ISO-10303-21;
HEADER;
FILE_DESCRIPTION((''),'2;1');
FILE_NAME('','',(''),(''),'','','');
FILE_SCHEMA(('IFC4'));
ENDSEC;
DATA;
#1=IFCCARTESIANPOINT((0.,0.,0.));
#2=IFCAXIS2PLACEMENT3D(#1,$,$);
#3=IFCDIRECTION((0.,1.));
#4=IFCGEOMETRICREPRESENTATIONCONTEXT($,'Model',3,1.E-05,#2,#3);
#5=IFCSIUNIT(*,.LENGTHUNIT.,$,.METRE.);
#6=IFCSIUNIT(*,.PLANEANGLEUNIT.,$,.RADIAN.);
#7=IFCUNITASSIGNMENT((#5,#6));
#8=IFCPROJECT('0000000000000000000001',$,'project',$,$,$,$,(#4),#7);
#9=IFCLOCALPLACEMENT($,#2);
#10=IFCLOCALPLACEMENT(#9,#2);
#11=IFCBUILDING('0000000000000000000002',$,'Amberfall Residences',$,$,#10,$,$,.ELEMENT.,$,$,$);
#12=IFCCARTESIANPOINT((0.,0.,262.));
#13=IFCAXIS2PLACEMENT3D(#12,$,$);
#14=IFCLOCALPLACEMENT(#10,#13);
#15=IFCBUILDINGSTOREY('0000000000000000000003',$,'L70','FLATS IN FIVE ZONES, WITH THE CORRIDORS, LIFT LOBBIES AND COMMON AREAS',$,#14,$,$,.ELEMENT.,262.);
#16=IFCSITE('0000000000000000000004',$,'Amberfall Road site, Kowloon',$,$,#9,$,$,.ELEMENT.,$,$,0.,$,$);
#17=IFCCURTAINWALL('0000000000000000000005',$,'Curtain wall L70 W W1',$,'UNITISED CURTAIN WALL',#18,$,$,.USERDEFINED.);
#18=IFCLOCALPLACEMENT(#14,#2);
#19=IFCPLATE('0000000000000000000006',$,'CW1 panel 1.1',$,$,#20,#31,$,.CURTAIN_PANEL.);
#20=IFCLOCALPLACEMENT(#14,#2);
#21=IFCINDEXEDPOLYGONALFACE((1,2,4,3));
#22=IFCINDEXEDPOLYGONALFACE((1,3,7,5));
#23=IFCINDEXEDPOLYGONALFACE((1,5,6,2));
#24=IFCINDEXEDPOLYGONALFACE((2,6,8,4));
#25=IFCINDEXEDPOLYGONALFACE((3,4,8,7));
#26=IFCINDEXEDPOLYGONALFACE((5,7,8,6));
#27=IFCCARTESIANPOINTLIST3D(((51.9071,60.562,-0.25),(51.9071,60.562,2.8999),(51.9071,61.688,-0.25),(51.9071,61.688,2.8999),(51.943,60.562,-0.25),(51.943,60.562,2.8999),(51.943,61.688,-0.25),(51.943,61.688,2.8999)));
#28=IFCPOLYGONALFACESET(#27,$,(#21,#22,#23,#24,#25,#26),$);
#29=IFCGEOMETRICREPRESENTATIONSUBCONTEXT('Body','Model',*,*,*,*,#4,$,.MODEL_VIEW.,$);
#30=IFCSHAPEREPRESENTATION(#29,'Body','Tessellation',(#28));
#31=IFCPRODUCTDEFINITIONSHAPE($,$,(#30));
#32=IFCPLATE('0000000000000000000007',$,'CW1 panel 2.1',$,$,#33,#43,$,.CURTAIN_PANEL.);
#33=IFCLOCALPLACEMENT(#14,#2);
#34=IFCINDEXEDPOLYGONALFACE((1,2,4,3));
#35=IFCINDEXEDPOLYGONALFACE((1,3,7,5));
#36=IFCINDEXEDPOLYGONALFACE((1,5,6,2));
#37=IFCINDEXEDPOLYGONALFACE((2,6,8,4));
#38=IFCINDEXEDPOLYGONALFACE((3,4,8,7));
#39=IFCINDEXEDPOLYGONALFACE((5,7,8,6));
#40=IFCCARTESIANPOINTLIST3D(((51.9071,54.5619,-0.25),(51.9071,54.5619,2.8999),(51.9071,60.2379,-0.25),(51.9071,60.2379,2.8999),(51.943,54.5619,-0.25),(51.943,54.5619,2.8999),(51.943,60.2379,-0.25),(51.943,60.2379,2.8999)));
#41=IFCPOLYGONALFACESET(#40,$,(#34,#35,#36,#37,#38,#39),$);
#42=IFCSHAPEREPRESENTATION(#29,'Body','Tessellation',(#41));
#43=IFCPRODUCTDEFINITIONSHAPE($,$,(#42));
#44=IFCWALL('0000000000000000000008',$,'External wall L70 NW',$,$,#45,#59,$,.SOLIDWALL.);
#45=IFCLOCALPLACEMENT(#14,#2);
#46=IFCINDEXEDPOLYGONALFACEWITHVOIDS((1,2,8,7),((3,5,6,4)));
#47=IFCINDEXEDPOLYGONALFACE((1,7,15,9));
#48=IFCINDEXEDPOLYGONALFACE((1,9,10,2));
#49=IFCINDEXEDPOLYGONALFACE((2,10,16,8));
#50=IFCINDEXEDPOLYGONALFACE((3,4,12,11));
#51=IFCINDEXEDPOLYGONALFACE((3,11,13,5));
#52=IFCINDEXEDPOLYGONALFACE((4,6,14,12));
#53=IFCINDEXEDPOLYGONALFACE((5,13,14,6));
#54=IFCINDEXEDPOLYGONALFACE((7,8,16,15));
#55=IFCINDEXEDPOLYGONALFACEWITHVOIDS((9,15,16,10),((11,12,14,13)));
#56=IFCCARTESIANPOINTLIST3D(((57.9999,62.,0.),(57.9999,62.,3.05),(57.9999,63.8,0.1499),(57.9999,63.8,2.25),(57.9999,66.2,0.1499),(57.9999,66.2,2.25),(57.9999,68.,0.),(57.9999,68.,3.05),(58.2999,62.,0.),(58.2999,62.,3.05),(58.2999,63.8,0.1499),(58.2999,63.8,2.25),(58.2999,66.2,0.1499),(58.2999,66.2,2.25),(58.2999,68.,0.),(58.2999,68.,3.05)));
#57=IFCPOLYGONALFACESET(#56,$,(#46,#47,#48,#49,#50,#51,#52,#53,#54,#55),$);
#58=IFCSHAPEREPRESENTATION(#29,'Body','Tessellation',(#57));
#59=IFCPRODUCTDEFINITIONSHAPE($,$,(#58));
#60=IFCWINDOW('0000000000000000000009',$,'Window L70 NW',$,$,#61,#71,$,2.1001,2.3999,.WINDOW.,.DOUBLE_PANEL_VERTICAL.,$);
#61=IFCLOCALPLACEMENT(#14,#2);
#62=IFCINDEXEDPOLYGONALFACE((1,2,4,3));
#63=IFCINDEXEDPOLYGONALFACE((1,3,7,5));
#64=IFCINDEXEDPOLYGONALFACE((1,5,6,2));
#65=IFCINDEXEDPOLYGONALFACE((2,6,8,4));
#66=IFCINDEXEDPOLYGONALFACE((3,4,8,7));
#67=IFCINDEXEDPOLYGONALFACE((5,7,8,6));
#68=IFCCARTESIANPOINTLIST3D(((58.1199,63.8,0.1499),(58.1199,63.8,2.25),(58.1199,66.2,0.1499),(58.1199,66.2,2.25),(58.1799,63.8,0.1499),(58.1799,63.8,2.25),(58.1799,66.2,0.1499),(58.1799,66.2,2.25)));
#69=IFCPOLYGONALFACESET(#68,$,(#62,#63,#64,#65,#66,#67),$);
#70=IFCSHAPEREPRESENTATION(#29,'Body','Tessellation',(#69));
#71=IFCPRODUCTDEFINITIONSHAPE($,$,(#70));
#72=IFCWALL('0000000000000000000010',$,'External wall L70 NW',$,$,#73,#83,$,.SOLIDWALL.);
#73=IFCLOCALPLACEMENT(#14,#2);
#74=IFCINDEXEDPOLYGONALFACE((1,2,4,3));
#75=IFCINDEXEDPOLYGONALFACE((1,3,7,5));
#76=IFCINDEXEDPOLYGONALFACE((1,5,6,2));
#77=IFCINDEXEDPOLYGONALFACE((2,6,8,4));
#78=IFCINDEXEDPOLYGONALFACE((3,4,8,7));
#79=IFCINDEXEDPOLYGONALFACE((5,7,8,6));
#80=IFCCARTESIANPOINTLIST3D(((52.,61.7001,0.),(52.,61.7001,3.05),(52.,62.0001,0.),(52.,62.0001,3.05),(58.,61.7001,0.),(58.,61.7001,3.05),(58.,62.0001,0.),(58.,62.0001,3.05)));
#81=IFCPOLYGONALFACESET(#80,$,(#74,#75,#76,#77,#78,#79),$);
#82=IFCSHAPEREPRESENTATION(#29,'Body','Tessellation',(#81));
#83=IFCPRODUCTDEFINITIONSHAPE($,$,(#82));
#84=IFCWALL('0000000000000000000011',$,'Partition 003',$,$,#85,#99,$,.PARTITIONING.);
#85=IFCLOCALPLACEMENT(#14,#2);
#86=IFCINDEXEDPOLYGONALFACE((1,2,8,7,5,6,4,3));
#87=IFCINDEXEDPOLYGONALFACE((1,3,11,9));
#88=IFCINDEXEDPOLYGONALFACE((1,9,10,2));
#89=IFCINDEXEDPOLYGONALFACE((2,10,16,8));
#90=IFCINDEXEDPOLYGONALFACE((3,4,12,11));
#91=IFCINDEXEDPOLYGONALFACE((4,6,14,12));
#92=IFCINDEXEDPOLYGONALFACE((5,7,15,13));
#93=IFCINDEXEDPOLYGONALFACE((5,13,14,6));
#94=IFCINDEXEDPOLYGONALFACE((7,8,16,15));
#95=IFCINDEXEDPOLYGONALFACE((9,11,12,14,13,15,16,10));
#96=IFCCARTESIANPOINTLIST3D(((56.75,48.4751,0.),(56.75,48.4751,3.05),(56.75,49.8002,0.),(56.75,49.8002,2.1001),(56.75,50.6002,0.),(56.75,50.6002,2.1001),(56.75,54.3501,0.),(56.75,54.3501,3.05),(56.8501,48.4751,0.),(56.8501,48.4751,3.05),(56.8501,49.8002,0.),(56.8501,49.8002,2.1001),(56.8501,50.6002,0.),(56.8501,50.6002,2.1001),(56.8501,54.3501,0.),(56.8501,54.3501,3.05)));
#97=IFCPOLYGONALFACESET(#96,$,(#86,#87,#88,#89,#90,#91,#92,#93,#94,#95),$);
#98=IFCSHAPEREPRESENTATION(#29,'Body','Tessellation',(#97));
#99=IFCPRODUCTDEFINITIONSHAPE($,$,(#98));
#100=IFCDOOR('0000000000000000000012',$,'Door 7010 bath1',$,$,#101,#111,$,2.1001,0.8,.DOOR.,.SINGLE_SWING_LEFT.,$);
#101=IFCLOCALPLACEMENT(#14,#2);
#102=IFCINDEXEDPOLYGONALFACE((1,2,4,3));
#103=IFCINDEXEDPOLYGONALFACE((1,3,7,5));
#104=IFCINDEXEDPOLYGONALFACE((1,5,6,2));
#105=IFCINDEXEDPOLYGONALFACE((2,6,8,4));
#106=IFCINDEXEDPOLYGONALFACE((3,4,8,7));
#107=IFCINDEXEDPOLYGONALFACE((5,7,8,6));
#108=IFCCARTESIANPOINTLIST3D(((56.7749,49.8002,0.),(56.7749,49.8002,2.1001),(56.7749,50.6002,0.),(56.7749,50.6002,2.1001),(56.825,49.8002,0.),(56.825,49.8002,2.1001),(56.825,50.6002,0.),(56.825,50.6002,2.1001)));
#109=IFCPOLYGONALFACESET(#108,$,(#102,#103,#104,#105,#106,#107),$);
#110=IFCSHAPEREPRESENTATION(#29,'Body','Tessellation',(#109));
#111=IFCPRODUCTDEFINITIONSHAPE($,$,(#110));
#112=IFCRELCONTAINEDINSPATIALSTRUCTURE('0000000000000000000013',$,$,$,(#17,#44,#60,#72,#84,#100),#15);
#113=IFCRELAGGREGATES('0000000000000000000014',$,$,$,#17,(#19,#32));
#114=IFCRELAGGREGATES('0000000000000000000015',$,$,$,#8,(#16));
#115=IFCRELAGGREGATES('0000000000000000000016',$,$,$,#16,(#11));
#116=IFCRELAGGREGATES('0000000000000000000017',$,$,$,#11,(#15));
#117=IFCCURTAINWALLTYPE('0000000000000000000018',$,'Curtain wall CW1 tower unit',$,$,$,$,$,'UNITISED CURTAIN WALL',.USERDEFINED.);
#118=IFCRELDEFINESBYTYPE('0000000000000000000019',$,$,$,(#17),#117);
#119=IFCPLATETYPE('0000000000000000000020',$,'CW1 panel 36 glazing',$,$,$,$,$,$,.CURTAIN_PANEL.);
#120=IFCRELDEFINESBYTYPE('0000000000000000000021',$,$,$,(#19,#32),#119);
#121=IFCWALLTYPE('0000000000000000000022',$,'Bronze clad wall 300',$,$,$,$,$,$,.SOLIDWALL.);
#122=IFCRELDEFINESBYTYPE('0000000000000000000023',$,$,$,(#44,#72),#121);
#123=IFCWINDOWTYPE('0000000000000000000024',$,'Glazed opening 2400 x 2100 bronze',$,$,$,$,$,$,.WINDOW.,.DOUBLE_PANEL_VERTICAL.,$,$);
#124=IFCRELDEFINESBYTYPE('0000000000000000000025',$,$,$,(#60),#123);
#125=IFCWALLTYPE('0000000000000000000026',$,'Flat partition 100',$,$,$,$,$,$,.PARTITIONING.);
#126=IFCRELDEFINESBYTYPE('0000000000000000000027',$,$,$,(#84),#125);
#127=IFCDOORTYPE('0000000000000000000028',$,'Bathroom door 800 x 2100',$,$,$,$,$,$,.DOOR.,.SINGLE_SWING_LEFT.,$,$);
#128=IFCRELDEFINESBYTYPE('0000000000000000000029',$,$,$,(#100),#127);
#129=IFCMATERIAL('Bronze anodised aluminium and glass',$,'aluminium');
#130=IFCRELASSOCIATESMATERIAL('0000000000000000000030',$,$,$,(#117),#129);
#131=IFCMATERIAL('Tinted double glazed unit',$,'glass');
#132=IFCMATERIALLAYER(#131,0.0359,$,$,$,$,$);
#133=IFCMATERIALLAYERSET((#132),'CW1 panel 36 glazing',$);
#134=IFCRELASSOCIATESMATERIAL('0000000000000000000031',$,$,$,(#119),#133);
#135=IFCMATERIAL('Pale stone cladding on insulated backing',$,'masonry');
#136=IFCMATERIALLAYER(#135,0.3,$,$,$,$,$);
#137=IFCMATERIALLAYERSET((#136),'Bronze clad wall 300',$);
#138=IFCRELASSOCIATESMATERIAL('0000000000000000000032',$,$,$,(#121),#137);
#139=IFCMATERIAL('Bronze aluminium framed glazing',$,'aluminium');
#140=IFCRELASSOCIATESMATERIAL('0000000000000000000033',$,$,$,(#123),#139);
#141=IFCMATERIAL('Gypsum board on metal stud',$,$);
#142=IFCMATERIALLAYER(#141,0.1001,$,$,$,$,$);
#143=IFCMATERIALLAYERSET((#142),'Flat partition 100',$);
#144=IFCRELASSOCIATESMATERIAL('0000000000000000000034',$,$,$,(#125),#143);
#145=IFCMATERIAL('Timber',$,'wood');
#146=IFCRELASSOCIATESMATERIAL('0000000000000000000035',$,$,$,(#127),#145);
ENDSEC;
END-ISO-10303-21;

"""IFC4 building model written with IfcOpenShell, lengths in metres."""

from ifc_helpers import new_model, si_unit, direction, frame, frame_2d, origin, origin_2d, place, context, subcontext, project, spatial, rectangle, extrude, material, layer, layer_set, type_object, element, fill, aggregate, save


model = new_model("IFC4")

# Units and contexts
model_context = context("Model", 3, precision=1e-05, world=origin(), true_north=direction((0.0, 1.0)))
body_context = subcontext(model_context, "Body", "Model", "MODEL_VIEW")
ifc_project = project(units=[si_unit("LENGTHUNIT", "METRE"), si_unit("PLANEANGLEUNIT", "RADIAN")], contexts=[model_context])

# Site, building, storey
site_placement = place(None, origin())
site = spatial("IfcSite", under=ifc_project, at=site_placement, Name="Amberfall Road site, Kowloon", CompositionType="ELEMENT", RefElevation=0.0)
building_placement = place(site_placement, origin())
building = spatial("IfcBuilding", under=site, at=building_placement, Name="Amberfall Residences", CompositionType="ELEMENT")
storey_placement = place(building_placement, frame((0.0, 0.0, 262.0)))
storey = spatial("IfcBuildingStorey", under=building, at=storey_placement, Name="L70", Description="FLATS IN FIVE ZONES, WITH THE CORRIDORS, LIFT LOBBIES AND COMMON AREAS", CompositionType="ELEMENT", Elevation=262.0)

# Curtain wall
ifc_material_1 = material(Name="Bronze anodised aluminium and glass", Category="aluminium")
curtain_wall_type = type_object("IfcCurtainWallType", Name="Curtain wall CW1 tower unit", ElementType="UNITISED CURTAIN WALL", PredefinedType="USERDEFINED", material=ifc_material_1)
curtain_wall_1_placement = place(storey_placement, origin())
curtain_wall_1 = element("IfcCurtainWall", 1, at=curtain_wall_1_placement, inside=storey, type_object=curtain_wall_type, Name="Curtain wall L70 W W1", ObjectType="UNITISED CURTAIN WALL", PredefinedType="USERDEFINED")

# Plates
ifc_material_2 = material(Name="Tinted double glazed unit", Category="glass")
ifc_layer_1 = layer(ifc_material_2, 0.0359)
ifc_layer_set_1 = layer_set([ifc_layer_1], Name="CW1 panel 36 glazing")
plate_type = type_object("IfcPlateType", Name="CW1 panel 36 glazing", PredefinedType="CURTAIN_PANEL", material=ifc_layer_set_1)
plate_1_placement = place(storey_placement, frame((51.925, 61.125, -0.25), z_axis=(0.0, 0.0, 1.0), x_axis=(0.0, -1.0, 0.0)))
plate_1 = element("IfcPlate", 2, at=plate_1_placement, type_object=plate_type, Name="CW1 panel 1.1", PredefinedType="CURTAIN_PANEL", context=body_context, shape_type="SweptSolid", body=[
    extrude(rectangle(XDim=1.126, YDim=0.0359, at=origin_2d()), origin(), (0.0, 0.0, 1.0), 3.1499),
])
plate_2_placement = place(storey_placement, frame((51.925, 57.3999, -0.25), z_axis=(0.0, 0.0, 1.0), x_axis=(0.0, -1.0, 0.0)))
plate_2 = element("IfcPlate", 3, at=plate_2_placement, type_object=plate_type, Name="CW1 panel 2.1", PredefinedType="CURTAIN_PANEL", context=body_context, shape_type="SweptSolid", body=[
    extrude(rectangle(XDim=5.676, YDim=0.0359, at=origin_2d()), origin(), (0.0, 0.0, 1.0), 3.1499),
])
aggregate(curtain_wall_1, [plate_1, plate_2])

# Wall, opening, window
ifc_material_3 = material(Name="Pale stone cladding on insulated backing", Category="masonry")
ifc_layer_2 = layer(ifc_material_3, 0.3)
ifc_layer_set_2 = layer_set([ifc_layer_2], Name="Bronze clad wall 300")
wall_type_1 = type_object("IfcWallType", Name="Bronze clad wall 300", PredefinedType="SOLIDWALL", material=ifc_layer_set_2)
wall_1_placement = place(storey_placement, frame((58.1499, 68.0, 0.0), z_axis=(0.0, 0.0, 1.0), x_axis=(0.0, -1.0, 0.0)))
wall_1 = element("IfcWall", 4, at=wall_1_placement, inside=storey, type_object=wall_type_1, Name="External wall L70 NW", PredefinedType="SOLIDWALL", context=body_context, shape_type="SweptSolid", body=[
    extrude(rectangle(XDim=6.0, YDim=0.3, at=frame_2d((3.0, 0.0))), origin(), (0.0, 0.0, 1.0), 3.05),
])
opening_1_placement = place(wall_1_placement, frame((1.8, 0.0, 0.1499)))
opening_1 = element("IfcOpeningElement", 5, at=opening_1_placement, cuts=wall_1, PredefinedType="OPENING", context=body_context, shape_type="SweptSolid", body=[
    extrude(rectangle(XDim=2.3999, YDim=2.1001, at=frame_2d((1.2, 1.05))), frame((0.0, 0.1599, 0.0), z_axis=(0.0, -1.0, 0.0), x_axis=(1.0, 0.0, 0.0)), (0.0, 0.0, 1.0), 0.3201),
])
ifc_material_4 = material(Name="Bronze aluminium framed glazing", Category="aluminium")
window_type = type_object("IfcWindowType", Name="Glazed opening 2400 x 2100 bronze", PartitioningType="DOUBLE_PANEL_VERTICAL", PredefinedType="WINDOW", material=ifc_material_4)
window_placement = place(opening_1_placement, origin())
window = element("IfcWindow", 6, at=window_placement, inside=storey, type_object=window_type, Name="Window L70 NW", OverallHeight=2.1001, OverallWidth=2.3999, PartitioningType="DOUBLE_PANEL_VERTICAL", PredefinedType="WINDOW", context=body_context, shape_type="SweptSolid", body=[
    extrude(rectangle(XDim=2.3999, YDim=2.1001, at=frame_2d((1.2, 1.05))), frame((0.0, 0.03, 0.0), z_axis=(0.0, -1.0, 0.0), x_axis=(1.0, 0.0, 0.0)), (0.0, 0.0, 1.0), 0.0601),
])
fill(opening_1, window)

# Wall
wall_2_placement = place(storey_placement, frame((58.0, 61.8501, 0.0), z_axis=(0.0, 0.0, 1.0), x_axis=(-1.0, 0.0, 0.0)))
element("IfcWall", 7, at=wall_2_placement, inside=storey, type_object=wall_type_1, Name="External wall L70 NW", PredefinedType="SOLIDWALL", context=body_context, shape_type="SweptSolid", body=[
    extrude(rectangle(XDim=6.0, YDim=0.3, at=frame_2d((3.0, 0.0))), origin(), (0.0, 0.0, 1.0), 3.05),
])

# Wall, opening, door
ifc_material_5 = material(Name="Gypsum board on metal stud")
ifc_layer_3 = layer(ifc_material_5, 0.1001)
ifc_layer_set_3 = layer_set([ifc_layer_3], Name="Flat partition 100")
wall_type_2 = type_object("IfcWallType", Name="Flat partition 100", PredefinedType="PARTITIONING", material=ifc_layer_set_3)
wall_3_placement = place(storey_placement, frame((56.8, 54.3501, 0.0), z_axis=(0.0, 0.0, 1.0), x_axis=(0.0, -1.0, 0.0)))
wall_3 = element("IfcWall", 8, at=wall_3_placement, inside=storey, type_object=wall_type_2, Name="Partition 003", PredefinedType="PARTITIONING", context=body_context, shape_type="SweptSolid", body=[
    extrude(rectangle(XDim=5.875, YDim=0.1001, at=frame_2d((2.9375, 0.0))), origin(), (0.0, 0.0, 1.0), 3.05),
])
opening_2_placement = place(wall_3_placement, frame((3.75, 0.0, 0.0)))
opening_2 = element("IfcOpeningElement", 9, at=opening_2_placement, cuts=wall_3, PredefinedType="OPENING", context=body_context, shape_type="SweptSolid", body=[
    extrude(rectangle(XDim=0.8, YDim=2.1001, at=frame_2d((0.3999, 1.05))), frame((0.0, 0.0601, 0.0), z_axis=(0.0, -1.0, 0.0), x_axis=(1.0, 0.0, 0.0)), (0.0, 0.0, 1.0), 0.1201),
])
ifc_material_6 = material(Name="Timber", Category="wood")
door_type = type_object("IfcDoorType", Name="Bathroom door 800 x 2100", OperationType="SINGLE_SWING_LEFT", PredefinedType="DOOR", material=ifc_material_6)
door_placement = place(opening_2_placement, origin())
door = element("IfcDoor", 10, at=door_placement, inside=storey, type_object=door_type, Name="Door 7010 bath1", OperationType="SINGLE_SWING_LEFT", OverallHeight=2.1001, OverallWidth=0.8, PredefinedType="DOOR", context=body_context, shape_type="SweptSolid", body=[
    extrude(rectangle(XDim=0.8, YDim=2.1001, at=frame_2d((0.3999, 1.05))), frame((0.0, 0.0249, 0.0), z_axis=(0.0, -1.0, 0.0), x_axis=(1.0, 0.0, 0.0)), (0.0, 0.0, 1.0), 0.05),
])
fill(opening_2, door)

save(model, "model.ifc")
